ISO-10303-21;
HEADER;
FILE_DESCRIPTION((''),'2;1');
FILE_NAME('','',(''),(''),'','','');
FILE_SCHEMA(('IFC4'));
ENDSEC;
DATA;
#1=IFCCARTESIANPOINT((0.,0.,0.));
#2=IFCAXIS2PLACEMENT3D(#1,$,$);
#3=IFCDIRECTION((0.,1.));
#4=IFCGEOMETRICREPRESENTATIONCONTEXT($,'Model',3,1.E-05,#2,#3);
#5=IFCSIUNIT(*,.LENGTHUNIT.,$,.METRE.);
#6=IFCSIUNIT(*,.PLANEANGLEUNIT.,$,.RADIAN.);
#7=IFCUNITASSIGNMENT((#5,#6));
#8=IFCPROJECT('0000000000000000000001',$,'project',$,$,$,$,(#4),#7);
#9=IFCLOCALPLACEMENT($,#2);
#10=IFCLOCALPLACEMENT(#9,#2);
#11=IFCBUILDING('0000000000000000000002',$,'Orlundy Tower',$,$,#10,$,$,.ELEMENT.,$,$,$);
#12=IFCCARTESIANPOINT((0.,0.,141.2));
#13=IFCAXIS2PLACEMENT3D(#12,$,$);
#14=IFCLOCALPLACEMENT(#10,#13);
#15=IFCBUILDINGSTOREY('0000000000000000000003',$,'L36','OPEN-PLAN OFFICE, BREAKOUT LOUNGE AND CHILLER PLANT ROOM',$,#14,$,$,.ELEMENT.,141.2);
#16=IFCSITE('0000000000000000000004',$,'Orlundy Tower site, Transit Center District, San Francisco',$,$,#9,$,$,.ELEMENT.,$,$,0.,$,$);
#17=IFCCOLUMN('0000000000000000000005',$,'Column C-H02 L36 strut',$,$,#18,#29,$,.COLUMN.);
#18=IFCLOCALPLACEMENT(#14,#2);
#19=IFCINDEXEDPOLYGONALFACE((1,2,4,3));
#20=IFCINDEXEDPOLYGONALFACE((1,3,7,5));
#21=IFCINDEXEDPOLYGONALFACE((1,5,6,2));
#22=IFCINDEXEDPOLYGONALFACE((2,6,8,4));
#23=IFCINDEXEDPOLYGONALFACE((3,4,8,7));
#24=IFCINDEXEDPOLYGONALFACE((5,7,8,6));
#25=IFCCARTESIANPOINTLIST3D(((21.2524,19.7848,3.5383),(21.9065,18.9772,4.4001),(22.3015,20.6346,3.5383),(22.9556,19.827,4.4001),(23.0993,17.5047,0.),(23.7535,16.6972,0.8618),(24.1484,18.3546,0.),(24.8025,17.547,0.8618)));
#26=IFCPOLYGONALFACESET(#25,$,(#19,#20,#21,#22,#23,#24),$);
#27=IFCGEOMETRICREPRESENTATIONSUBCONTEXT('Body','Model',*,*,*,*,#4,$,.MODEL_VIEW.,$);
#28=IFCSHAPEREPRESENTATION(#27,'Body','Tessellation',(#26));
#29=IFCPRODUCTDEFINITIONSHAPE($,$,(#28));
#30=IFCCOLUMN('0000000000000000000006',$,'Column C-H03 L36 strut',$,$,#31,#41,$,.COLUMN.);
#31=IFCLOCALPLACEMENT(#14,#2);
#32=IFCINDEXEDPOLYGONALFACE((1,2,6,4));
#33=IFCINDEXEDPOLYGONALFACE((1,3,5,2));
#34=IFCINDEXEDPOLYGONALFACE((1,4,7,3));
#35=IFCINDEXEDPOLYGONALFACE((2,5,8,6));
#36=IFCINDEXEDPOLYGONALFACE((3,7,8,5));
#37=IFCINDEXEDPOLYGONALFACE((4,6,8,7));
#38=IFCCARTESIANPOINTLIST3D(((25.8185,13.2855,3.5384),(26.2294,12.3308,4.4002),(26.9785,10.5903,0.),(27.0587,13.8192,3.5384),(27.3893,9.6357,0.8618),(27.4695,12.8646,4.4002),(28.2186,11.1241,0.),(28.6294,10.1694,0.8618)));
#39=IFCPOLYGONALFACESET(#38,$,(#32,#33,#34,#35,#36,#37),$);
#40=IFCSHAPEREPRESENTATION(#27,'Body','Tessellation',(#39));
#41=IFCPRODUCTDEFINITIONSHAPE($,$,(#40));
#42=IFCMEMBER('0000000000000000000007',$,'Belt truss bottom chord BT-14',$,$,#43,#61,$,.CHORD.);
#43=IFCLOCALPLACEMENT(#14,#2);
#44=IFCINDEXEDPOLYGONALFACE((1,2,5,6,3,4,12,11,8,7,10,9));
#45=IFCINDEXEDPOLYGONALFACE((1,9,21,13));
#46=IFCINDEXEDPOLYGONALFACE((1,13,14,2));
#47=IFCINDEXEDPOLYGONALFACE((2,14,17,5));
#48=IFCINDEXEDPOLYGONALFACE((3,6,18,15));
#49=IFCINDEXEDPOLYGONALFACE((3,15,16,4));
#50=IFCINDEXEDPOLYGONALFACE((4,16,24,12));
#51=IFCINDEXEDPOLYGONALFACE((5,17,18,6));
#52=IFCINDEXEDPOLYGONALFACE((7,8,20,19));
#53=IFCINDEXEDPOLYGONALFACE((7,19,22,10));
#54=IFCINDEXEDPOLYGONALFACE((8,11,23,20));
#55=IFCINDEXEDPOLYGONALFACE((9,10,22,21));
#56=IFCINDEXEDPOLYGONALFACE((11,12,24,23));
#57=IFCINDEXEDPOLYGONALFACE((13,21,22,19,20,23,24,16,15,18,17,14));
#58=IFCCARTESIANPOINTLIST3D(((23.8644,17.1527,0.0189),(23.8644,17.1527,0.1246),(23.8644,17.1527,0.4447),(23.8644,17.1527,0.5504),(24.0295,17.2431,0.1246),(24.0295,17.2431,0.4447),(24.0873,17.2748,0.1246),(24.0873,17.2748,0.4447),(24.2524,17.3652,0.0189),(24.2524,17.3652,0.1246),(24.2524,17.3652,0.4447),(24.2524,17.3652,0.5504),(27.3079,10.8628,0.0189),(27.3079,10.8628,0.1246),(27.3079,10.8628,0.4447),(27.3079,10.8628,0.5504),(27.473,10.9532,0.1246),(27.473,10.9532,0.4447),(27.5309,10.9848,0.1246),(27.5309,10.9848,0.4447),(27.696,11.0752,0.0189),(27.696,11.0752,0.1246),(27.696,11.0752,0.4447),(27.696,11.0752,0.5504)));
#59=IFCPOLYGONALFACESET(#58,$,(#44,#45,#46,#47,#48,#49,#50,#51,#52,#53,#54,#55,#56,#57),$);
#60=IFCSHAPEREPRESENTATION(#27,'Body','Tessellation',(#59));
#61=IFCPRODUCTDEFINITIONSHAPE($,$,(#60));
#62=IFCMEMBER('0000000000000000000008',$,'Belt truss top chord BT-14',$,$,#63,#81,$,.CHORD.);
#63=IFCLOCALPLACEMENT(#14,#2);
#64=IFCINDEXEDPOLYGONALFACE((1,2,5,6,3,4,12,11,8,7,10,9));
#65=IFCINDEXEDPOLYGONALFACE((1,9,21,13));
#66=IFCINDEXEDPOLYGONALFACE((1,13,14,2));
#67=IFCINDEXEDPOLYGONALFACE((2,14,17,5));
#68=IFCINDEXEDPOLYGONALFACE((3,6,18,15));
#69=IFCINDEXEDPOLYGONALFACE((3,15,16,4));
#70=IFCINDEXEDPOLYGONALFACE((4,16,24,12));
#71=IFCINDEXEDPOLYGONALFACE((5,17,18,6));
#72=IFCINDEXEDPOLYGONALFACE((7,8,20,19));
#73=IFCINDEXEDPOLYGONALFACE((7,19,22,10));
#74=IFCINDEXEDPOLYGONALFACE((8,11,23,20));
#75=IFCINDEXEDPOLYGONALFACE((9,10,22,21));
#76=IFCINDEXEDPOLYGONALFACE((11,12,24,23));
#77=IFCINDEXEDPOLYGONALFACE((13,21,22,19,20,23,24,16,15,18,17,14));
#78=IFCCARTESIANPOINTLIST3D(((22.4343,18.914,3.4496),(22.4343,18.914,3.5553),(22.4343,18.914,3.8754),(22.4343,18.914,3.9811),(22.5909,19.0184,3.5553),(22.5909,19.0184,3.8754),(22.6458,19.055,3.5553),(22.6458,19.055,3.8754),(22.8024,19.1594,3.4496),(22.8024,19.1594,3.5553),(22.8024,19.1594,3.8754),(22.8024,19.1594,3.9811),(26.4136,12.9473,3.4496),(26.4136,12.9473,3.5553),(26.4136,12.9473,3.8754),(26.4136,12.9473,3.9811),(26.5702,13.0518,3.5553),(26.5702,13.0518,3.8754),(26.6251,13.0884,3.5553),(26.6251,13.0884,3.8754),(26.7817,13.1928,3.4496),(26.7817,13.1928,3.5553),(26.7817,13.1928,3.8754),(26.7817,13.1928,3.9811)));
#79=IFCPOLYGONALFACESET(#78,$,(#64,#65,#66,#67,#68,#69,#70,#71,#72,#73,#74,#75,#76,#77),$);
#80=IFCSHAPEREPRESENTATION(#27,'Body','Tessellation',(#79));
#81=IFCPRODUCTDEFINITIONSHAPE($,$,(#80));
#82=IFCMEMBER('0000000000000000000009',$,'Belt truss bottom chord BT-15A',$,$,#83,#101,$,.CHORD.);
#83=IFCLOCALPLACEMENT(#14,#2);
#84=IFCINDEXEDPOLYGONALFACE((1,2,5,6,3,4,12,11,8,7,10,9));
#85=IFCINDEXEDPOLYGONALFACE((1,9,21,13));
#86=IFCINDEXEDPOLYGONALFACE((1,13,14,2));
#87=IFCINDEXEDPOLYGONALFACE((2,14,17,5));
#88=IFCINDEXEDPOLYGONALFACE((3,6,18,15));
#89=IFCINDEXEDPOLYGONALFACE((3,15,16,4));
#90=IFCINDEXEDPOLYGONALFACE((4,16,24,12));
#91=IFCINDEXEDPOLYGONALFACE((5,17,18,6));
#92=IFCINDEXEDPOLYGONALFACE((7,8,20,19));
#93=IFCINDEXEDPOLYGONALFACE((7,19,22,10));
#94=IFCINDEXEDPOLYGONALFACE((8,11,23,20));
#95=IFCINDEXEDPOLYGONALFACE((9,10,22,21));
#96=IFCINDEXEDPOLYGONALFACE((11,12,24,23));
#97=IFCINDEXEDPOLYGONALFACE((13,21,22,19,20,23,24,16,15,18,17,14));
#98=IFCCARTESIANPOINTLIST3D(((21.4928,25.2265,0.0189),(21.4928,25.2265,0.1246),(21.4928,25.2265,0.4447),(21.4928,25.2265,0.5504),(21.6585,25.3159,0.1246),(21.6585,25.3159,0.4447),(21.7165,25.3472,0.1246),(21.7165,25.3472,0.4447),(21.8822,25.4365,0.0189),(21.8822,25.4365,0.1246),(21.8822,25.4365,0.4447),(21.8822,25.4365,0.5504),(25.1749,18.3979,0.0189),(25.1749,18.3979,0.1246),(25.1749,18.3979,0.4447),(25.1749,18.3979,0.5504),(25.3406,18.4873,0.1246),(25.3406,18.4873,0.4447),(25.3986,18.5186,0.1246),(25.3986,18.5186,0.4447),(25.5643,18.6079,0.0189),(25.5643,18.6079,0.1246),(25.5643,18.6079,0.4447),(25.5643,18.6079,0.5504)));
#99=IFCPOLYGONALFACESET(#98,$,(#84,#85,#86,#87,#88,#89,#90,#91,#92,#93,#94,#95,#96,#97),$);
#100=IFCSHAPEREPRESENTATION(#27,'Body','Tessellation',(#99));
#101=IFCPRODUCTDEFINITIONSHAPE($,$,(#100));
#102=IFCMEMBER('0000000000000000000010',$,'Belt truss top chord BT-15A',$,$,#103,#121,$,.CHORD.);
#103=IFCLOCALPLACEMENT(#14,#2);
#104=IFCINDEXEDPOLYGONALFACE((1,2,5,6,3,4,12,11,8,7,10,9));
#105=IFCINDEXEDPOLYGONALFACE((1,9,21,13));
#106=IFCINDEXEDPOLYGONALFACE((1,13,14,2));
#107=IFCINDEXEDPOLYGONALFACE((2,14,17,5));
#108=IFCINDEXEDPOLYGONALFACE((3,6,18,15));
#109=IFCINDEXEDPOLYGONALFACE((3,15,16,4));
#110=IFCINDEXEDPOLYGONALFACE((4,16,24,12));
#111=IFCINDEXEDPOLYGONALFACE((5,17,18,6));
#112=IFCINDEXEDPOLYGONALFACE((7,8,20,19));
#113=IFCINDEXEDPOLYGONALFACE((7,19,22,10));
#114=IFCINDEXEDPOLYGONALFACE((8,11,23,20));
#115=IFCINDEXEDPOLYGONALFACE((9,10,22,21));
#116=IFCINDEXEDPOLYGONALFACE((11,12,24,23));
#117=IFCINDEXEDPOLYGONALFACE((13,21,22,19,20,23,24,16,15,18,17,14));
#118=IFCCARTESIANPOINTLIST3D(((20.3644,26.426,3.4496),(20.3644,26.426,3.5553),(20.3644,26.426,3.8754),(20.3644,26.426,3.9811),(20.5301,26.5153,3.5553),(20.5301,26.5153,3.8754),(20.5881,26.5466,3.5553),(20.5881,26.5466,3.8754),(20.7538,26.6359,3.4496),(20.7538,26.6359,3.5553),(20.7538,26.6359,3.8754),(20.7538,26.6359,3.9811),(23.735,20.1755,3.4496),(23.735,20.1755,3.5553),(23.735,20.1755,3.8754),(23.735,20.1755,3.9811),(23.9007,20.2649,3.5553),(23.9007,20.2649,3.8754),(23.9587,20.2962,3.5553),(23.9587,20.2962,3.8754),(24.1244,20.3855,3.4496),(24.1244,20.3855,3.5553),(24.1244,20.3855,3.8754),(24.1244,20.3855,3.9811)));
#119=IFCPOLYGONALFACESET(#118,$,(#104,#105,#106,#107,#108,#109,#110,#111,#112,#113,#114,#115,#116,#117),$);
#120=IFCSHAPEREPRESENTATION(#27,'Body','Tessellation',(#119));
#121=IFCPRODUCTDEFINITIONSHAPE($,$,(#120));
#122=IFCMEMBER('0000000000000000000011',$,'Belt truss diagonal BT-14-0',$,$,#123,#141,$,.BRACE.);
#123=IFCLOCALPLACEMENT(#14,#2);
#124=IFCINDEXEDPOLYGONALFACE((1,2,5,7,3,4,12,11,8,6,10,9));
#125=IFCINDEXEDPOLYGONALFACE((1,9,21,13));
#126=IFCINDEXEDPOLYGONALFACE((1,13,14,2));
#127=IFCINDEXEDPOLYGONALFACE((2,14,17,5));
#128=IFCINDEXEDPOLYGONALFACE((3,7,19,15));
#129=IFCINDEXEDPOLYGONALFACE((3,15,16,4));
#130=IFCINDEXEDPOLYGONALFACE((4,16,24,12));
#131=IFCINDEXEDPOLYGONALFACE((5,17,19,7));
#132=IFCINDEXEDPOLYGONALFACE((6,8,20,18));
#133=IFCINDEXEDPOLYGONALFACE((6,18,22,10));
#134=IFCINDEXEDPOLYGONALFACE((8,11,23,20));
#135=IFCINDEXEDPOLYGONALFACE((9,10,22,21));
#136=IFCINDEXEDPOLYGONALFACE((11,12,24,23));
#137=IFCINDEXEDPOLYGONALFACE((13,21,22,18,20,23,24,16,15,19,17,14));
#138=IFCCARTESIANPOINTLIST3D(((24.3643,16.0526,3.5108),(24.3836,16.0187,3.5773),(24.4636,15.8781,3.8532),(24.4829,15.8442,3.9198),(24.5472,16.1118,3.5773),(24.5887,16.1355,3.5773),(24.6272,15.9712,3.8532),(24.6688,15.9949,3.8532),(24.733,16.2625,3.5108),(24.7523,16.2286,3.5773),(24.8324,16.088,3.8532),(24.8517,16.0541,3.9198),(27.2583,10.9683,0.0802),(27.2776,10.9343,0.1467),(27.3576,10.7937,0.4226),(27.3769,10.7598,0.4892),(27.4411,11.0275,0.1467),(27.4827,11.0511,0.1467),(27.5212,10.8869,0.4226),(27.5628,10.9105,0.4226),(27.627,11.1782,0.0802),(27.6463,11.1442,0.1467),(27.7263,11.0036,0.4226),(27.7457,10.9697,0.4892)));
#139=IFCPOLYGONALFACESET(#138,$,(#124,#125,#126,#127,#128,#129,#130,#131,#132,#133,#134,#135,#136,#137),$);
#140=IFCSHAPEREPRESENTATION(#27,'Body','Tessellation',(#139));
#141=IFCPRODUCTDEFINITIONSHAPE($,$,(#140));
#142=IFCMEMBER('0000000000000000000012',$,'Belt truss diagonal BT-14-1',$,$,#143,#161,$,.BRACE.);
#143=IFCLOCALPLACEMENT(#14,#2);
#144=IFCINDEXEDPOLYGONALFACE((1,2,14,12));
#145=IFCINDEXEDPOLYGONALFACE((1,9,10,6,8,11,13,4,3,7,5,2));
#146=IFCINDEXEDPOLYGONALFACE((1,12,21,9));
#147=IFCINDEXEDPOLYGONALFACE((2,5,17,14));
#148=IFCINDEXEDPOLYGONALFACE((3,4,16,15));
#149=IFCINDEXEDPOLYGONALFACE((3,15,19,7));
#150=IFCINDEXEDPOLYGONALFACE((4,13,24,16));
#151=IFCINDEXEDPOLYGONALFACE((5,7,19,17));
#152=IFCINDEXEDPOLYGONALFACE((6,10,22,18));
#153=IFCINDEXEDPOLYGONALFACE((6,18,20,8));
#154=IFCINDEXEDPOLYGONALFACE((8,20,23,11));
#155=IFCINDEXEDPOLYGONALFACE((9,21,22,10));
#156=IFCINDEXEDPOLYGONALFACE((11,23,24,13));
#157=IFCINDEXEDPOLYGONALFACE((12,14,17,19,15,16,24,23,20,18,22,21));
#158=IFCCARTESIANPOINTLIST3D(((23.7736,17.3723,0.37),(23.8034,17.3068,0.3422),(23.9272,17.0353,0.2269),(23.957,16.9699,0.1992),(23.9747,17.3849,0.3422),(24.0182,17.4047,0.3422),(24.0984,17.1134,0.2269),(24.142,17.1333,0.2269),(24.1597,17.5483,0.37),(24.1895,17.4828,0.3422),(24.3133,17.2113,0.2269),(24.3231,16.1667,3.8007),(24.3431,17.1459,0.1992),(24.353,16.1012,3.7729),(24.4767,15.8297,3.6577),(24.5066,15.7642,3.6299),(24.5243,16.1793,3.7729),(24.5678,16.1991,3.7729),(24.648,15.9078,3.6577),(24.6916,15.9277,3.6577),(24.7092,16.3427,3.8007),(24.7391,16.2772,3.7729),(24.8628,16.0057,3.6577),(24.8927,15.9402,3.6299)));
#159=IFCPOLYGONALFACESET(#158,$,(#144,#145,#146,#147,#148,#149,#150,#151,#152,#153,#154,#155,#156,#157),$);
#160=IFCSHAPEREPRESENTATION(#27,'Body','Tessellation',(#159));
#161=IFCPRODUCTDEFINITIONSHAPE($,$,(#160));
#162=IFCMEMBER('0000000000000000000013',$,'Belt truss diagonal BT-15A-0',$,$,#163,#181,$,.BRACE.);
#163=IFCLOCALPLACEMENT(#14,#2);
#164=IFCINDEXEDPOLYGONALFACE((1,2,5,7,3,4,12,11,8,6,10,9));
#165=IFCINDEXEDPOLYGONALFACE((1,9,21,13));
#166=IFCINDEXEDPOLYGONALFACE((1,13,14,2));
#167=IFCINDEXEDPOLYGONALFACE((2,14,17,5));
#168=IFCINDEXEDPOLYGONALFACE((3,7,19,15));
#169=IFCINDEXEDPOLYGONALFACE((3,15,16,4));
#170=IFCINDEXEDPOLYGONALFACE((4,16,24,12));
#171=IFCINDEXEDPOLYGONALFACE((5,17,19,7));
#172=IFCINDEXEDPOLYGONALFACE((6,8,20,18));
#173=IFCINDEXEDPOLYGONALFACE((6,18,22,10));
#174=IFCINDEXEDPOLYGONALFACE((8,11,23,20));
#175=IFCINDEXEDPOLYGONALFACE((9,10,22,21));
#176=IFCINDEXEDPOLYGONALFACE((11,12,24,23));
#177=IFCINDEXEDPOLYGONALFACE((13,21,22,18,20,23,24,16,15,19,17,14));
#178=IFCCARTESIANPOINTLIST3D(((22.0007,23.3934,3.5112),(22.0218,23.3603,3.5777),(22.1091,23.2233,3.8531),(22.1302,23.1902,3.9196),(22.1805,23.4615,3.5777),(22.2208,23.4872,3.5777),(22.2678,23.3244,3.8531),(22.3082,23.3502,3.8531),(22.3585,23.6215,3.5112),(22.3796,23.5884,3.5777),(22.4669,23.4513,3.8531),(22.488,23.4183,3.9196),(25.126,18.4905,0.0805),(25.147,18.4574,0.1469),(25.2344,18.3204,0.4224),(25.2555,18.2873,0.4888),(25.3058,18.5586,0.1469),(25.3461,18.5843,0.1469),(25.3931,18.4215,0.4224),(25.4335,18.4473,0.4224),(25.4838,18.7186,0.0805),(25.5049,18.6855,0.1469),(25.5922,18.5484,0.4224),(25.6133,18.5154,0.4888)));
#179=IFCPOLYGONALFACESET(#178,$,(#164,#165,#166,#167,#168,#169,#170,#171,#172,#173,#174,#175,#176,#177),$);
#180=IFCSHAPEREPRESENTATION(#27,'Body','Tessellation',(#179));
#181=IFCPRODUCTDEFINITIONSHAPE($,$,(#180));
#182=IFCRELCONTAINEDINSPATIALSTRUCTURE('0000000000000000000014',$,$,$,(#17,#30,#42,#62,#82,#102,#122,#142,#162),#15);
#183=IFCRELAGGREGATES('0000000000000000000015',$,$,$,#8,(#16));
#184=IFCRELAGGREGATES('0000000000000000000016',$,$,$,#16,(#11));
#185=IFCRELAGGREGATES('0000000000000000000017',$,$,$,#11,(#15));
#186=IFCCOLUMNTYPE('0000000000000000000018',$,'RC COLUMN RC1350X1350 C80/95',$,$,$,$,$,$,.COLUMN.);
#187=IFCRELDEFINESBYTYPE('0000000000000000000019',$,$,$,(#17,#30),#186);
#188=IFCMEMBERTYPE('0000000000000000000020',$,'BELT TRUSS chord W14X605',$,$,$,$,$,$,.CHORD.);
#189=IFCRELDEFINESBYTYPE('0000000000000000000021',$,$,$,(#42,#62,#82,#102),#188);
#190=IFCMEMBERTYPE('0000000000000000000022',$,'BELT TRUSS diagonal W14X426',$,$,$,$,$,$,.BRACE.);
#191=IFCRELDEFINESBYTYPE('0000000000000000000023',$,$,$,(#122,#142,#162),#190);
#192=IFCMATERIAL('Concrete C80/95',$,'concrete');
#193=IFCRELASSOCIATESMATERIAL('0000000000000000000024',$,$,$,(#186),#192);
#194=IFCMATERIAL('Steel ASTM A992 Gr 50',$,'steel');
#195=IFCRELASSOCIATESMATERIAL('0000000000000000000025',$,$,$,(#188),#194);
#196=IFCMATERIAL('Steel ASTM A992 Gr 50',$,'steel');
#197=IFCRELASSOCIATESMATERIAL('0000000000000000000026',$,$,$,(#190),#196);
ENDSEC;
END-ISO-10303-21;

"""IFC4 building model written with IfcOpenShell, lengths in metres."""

from ifc_helpers import new_model, si_unit, direction, frame, origin, origin_2d, place, context, subcontext, project, spatial, rectangle, i_section, extrude, material, material_profile, profile_set, type_object, element, save


model = new_model("IFC4")

# Units and contexts
model_context = context("Model", 3, precision=1e-05, world=origin(), true_north=direction((0.0, 1.0)))
body_context = subcontext(model_context, "Body", "Model", "MODEL_VIEW")
ifc_project = project(units=[si_unit("LENGTHUNIT", "METRE"), si_unit("PLANEANGLEUNIT", "RADIAN")], contexts=[model_context])

# Site, building, storey
site_placement = place(None, origin())
site = spatial("IfcSite", under=ifc_project, at=site_placement, Name="Orlundy Tower site, Transit Center District, San Francisco", CompositionType="ELEMENT", RefElevation=0.0)
building_placement = place(site_placement, origin())
building = spatial("IfcBuilding", under=site, at=building_placement, Name="Orlundy Tower", CompositionType="ELEMENT")
storey_placement = place(building_placement, frame((0.0, 0.0, 141.2)))
storey = spatial("IfcBuildingStorey", under=building, at=storey_placement, Name="L36", Description="OPEN-PLAN OFFICE, BREAKOUT LOUNGE AND CHILLER PLANT ROOM", CompositionType="ELEMENT", Elevation=141.2)

# Columns
ifc_material_1 = material(Name="Concrete C80/95", Category="concrete")
ifc_material_profile_1 = material_profile(ifc_material_1, rectangle(XDim=1.3501, YDim=1.3501, at=origin_2d()), Name="RC1350X1350")
ifc_profile_set_1 = profile_set([ifc_material_profile_1], Name="Concrete C80/95")
column_type = type_object("IfcColumnType", Name="RC COLUMN RC1350X1350 C80/95", PredefinedType="COLUMN", material=ifc_profile_set_1)
for number, where, z_axis, x_axis, name in (
    (1, (23.9509, 17.5259, 0.4309), (-0.401795, 0.496017, 0.769758), (-0.777047, -0.629442, 0.0), "Column C-H02 L36 strut"),
    (2, (27.804, 10.3799, 0.4309), (-0.252342, 0.58632, 0.769774), (-0.918541, -0.395325, 0.0), "Column C-H03 L36 strut"),
):
    element("IfcColumn", number, at=place(storey_placement, frame(where, z_axis=z_axis, x_axis=x_axis)), inside=storey, type_object=column_type, Name=name, PredefinedType="COLUMN", context=body_context, shape_type="SweptSolid", body=[
        extrude(rectangle(XDim=1.3501, YDim=1.3501, at=origin_2d()), origin(), (0.0, 0.0, 1.0), 4.5967),
    ])

# Members
ifc_material_2 = material(Name="Steel ASTM A992 Gr 50", Category="steel")
ifc_material_profile_2 = material_profile(ifc_material_2, i_section(OverallWidth=0.4424, OverallDepth=0.5315, WebThickness=0.0659, FlangeThickness=0.1057, at=origin_2d()), Name="W14X605")
ifc_profile_set_2 = profile_set([ifc_material_profile_2], Name="Steel ASTM A992 Gr 50")
member_type_1 = type_object("IfcMemberType", Name="BELT TRUSS chord W14X605", PredefinedType="CHORD", material=ifc_profile_set_2)
member_1_placement = place(storey_placement, frame((27.502, 10.969, 0.2847), z_axis=(-0.480214, 0.877152, 0.0), x_axis=(-0.877152, -0.480214, 0.0)))
element("IfcMember", 3, at=member_1_placement, inside=storey, type_object=member_type_1, Name="Belt truss bottom chord BT-14", PredefinedType="CHORD", context=body_context, shape_type="SweptSolid", body=[
    extrude(i_section(OverallWidth=0.4424, OverallDepth=0.5315, WebThickness=0.0659, FlangeThickness=0.1057, at=origin_2d()), origin(), (0.0, 0.0, 1.0), 7.1709),
])
member_2_placement = place(storey_placement, frame((26.5977, 13.0701, 3.7153), z_axis=(-0.554849, 0.831951, 0.0), x_axis=(-0.831951, -0.554849, 0.0)))
element("IfcMember", 4, at=member_2_placement, inside=storey, type_object=member_type_1, Name="Belt truss top chord BT-14", PredefinedType="CHORD", context=body_context, shape_type="SweptSolid", body=[
    extrude(i_section(OverallWidth=0.4424, OverallDepth=0.5315, WebThickness=0.0659, FlangeThickness=0.1057, at=origin_2d()), origin(), (0.0, 0.0, 1.0), 7.1719),
])
member_3_placement = place(storey_placement, frame((25.3696, 18.5029, 0.2847), z_axis=(-0.474618, 0.880192, 0.0), x_axis=(-0.880192, -0.474618, 0.0)))
element("IfcMember", 5, at=member_3_placement, inside=storey, type_object=member_type_1, Name="Belt truss bottom chord BT-15A", PredefinedType="CHORD", context=body_context, shape_type="SweptSolid", body=[
    extrude(i_section(OverallWidth=0.4424, OverallDepth=0.5315, WebThickness=0.0659, FlangeThickness=0.1057, at=origin_2d()), origin(), (0.0, 0.0, 1.0), 7.7581),
])
member_4_placement = place(storey_placement, frame((23.9297, 20.2805, 3.7153), z_axis=(-0.474641, 0.880179, 0.0), x_axis=(-0.880179, -0.474641, 0.0)))
element("IfcMember", 6, at=member_4_placement, inside=storey, type_object=member_type_1, Name="Belt truss top chord BT-15A", PredefinedType="CHORD", context=body_context, shape_type="SweptSolid", body=[
    extrude(i_section(OverallWidth=0.4424, OverallDepth=0.5315, WebThickness=0.0659, FlangeThickness=0.1057, at=origin_2d()), origin(), (0.0, 0.0, 1.0), 7.1013),
])
ifc_material_3 = material(Name="Steel ASTM A992 Gr 50", Category="steel")
ifc_material_profile_3 = material_profile(ifc_material_3, i_section(OverallWidth=0.4243, OverallDepth=0.4741, WebThickness=0.0479, FlangeThickness=0.0771, at=origin_2d()), Name="W14X426")
ifc_profile_set_3 = profile_set([ifc_material_profile_3], Name="Steel ASTM A992 Gr 50")
member_type_2 = type_object("IfcMemberType", Name="BELT TRUSS diagonal W14X426", PredefinedType="BRACE", material=ifc_profile_set_3)
member_5_placement = place(storey_placement, frame((27.502, 10.969, 0.2847), z_axis=(-0.426718, 0.749691, 0.505841), x_axis=(-0.869079, -0.494673, 0.0)))
element("IfcMember", 7, at=member_5_placement, inside=storey, type_object=member_type_2, Name="Belt truss diagonal BT-14-0", PredefinedType="BRACE", context=body_context, shape_type="SweptSolid", body=[
    extrude(i_section(OverallWidth=0.4243, OverallDepth=0.4741, WebThickness=0.0479, FlangeThickness=0.0771, at=origin_2d()), origin(), (0.0, 0.0, 1.0), 6.782),
])
member_6_placement = place(storey_placement, frame((24.6079, 16.0535, 3.7153), z_axis=(-0.149434, 0.327812, -0.93285), x_axis=(-0.909918, -0.414788, 0.0)))
element("IfcMember", 8, at=member_6_placement, inside=storey, type_object=member_type_2, Name="Belt truss diagonal BT-14-1", PredefinedType="BRACE", context=body_context, shape_type="SweptSolid", body=[
    extrude(i_section(OverallWidth=0.4243, OverallDepth=0.4741, WebThickness=0.0479, FlangeThickness=0.0771, at=origin_2d()), origin(), (0.0, 0.0, 1.0), 3.6777),
])
member_7_placement = place(storey_placement, frame((25.3696, 18.5029, 0.2847), z_axis=(-0.462939, 0.726251, 0.50818), x_axis=(-0.843251, -0.537519, 0.0)))
element("IfcMember", 9, at=member_7_placement, inside=storey, type_object=member_type_2, Name="Belt truss diagonal BT-15A-0", PredefinedType="BRACE", context=body_context, shape_type="SweptSolid", body=[
    extrude(i_section(OverallWidth=0.4243, OverallDepth=0.4741, WebThickness=0.0479, FlangeThickness=0.0771, at=origin_2d()), origin(), (0.0, 0.0, 1.0), 6.751),
])

save(model, "model.ifc")
